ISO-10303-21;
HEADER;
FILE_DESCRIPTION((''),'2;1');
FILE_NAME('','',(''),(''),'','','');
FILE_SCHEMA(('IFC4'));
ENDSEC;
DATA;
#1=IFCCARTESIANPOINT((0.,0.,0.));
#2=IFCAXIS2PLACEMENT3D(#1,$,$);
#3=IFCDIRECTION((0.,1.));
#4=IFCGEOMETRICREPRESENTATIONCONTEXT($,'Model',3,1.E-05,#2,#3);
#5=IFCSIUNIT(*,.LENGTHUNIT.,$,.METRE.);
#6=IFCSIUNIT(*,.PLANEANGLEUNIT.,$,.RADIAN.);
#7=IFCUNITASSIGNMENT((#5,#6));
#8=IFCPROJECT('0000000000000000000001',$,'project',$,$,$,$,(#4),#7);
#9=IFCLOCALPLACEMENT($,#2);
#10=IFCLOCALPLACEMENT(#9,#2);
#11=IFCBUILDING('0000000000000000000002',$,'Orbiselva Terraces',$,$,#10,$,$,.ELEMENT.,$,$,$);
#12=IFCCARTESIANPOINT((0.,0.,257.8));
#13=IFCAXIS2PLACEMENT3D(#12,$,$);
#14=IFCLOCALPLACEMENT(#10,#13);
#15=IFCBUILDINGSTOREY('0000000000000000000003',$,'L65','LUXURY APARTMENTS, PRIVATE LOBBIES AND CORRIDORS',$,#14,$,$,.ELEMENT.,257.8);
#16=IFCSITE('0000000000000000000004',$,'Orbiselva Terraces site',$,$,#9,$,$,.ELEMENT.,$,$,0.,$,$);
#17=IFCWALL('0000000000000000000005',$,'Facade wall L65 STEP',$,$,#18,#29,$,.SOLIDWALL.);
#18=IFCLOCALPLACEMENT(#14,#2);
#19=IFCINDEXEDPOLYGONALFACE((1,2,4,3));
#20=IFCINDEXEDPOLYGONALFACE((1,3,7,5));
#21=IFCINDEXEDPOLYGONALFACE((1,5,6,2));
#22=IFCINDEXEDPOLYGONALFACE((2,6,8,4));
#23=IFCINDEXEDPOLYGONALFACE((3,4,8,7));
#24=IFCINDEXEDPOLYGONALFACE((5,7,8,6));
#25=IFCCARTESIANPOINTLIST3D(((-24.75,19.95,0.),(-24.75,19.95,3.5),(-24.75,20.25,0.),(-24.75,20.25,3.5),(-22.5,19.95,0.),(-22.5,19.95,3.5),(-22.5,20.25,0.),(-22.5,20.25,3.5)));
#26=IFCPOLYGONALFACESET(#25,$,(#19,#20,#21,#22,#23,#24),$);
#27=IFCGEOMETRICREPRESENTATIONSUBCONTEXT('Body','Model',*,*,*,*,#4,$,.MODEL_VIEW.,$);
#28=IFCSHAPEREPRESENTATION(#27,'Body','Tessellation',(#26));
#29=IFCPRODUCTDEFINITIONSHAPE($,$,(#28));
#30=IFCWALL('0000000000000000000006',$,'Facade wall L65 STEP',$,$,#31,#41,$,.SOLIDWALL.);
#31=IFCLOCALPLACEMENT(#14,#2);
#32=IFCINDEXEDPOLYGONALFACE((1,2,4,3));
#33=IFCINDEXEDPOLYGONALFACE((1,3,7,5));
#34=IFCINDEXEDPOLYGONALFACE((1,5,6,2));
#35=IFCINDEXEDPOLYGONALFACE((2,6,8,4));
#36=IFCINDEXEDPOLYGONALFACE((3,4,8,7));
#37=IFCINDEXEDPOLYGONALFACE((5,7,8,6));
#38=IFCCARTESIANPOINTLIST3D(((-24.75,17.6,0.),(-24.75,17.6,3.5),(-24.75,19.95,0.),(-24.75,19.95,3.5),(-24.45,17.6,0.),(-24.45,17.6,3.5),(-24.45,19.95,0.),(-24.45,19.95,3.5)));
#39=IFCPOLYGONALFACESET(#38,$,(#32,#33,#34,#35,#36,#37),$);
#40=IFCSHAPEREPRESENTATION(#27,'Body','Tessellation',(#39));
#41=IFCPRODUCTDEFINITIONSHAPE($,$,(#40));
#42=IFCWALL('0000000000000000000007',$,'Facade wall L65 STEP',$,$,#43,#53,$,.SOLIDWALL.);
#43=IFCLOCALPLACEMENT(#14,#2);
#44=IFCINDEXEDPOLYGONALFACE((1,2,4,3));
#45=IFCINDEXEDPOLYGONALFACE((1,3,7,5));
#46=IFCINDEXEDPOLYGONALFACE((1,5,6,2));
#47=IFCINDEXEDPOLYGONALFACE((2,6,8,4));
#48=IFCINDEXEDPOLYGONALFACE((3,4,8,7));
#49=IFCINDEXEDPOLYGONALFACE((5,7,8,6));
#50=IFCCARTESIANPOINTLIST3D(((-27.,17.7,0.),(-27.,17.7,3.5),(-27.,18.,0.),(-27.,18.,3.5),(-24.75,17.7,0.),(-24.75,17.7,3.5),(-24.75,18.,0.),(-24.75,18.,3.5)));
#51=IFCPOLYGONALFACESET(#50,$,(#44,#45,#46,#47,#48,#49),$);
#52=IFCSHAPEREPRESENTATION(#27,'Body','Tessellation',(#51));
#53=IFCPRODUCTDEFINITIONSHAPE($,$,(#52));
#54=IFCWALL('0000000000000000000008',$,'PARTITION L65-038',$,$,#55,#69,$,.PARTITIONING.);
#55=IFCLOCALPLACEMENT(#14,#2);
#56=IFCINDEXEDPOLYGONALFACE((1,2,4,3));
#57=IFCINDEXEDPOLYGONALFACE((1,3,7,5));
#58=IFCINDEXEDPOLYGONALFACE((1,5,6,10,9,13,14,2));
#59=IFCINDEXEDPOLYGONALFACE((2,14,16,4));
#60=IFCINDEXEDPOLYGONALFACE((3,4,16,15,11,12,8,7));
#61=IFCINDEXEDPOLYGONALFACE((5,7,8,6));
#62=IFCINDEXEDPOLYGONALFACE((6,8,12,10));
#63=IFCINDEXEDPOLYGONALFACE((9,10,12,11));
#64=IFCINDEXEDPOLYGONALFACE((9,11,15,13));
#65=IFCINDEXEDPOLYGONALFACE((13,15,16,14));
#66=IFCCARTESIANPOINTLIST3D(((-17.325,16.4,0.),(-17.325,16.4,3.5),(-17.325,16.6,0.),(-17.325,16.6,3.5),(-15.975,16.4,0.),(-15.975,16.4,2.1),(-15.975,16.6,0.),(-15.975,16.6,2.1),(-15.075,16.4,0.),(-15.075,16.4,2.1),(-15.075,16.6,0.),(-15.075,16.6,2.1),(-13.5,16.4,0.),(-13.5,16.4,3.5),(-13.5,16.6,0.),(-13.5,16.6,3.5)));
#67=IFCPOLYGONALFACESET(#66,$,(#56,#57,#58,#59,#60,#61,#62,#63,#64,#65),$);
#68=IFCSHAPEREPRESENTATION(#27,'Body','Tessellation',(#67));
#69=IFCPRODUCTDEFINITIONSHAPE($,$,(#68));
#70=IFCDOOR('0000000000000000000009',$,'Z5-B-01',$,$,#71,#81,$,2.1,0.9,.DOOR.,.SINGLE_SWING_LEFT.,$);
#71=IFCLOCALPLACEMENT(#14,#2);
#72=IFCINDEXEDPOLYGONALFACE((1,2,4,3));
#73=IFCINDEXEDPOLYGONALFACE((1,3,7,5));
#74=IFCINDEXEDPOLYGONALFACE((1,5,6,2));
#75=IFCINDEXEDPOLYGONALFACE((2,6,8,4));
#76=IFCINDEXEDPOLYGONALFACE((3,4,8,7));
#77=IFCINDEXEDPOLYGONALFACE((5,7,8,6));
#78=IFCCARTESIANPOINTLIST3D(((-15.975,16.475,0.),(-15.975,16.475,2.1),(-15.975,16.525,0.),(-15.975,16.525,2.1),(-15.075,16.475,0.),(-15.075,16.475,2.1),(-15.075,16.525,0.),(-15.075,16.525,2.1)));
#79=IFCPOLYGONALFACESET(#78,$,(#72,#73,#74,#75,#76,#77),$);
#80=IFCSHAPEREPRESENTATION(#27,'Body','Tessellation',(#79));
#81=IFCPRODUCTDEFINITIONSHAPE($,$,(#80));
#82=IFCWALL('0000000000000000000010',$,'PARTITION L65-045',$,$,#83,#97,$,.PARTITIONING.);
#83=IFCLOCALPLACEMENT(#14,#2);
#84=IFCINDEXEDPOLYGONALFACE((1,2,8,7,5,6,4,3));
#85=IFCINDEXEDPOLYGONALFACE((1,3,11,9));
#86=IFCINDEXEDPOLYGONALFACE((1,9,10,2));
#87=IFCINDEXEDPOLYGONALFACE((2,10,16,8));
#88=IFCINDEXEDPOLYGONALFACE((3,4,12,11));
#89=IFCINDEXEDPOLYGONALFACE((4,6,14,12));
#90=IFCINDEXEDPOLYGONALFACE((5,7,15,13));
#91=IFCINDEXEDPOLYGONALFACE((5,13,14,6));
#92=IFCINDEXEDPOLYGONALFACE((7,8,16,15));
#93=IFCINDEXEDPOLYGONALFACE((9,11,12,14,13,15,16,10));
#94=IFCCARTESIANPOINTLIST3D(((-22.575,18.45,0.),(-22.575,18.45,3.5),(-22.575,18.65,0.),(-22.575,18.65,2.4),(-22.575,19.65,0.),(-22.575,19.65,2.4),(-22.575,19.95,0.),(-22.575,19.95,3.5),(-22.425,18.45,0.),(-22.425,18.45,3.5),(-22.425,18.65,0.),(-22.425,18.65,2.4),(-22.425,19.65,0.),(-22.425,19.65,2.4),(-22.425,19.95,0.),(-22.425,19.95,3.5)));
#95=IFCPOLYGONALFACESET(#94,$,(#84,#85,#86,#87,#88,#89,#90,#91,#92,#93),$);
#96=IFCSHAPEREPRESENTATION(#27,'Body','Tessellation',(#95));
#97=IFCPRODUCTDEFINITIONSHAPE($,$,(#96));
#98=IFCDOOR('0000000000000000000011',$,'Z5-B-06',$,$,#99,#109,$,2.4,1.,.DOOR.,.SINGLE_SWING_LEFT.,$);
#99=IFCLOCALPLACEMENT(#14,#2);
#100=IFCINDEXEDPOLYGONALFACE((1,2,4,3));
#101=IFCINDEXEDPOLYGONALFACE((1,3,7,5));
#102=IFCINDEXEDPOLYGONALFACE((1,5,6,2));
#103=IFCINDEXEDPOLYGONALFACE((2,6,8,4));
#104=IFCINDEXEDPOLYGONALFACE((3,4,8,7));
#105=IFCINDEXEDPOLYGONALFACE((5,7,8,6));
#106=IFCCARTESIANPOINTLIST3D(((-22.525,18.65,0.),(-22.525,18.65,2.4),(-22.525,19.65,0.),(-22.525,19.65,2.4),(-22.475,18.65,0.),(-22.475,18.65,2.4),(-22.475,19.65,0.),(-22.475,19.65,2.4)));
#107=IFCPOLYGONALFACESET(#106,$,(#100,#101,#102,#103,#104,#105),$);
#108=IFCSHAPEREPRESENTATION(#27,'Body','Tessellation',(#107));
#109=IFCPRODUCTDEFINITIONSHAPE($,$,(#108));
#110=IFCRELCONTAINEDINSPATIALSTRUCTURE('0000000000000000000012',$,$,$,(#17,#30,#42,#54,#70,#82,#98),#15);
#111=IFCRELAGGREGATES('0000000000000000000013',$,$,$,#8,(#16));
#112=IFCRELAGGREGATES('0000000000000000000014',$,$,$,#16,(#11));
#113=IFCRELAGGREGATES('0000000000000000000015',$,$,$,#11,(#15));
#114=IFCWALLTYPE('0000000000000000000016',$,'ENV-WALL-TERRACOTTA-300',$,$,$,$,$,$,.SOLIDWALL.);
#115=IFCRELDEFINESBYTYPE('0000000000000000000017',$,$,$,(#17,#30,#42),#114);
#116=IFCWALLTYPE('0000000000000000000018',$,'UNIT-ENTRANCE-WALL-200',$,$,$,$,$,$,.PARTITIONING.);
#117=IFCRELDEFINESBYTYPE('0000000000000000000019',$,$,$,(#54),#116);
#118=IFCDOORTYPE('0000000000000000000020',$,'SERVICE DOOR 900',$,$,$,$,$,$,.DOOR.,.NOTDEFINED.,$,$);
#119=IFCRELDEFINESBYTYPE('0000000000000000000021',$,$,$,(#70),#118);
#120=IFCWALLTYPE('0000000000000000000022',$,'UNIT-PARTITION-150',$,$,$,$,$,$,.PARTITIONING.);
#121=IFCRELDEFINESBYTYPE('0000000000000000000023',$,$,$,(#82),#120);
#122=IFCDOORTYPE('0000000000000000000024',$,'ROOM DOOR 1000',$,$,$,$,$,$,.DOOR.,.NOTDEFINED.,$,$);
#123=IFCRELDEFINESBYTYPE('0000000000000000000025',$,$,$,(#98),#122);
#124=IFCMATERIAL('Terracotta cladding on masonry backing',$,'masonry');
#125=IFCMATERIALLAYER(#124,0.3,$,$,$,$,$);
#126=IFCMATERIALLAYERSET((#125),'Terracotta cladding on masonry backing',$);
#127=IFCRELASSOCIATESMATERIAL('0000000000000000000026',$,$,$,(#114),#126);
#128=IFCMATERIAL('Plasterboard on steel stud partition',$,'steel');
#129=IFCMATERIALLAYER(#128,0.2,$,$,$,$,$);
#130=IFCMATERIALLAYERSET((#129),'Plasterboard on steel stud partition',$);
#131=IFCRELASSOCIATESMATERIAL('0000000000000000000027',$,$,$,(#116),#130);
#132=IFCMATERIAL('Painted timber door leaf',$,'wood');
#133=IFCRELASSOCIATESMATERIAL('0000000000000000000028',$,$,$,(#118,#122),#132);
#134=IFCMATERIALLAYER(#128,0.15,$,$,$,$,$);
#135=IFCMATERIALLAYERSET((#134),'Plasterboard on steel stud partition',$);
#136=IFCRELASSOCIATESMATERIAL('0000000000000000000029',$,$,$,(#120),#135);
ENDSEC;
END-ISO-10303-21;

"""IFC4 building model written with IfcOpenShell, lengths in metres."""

from ifc_helpers import new_model, si_unit, direction, frame, frame_2d, origin, place, context, subcontext, project, spatial, rectangle, extrude, material, layer, layer_set, type_object, element, fill, save


model = new_model("IFC4")

# Units and contexts
model_context = context("Model", 3, precision=1e-05, world=origin(), true_north=direction((0.0, 1.0)))
body_context = subcontext(model_context, "Body", "Model", "MODEL_VIEW")
ifc_project = project(units=[si_unit("LENGTHUNIT", "METRE"), si_unit("PLANEANGLEUNIT", "RADIAN")], contexts=[model_context])

# Site, building, storey
site_placement = place(None, origin())
site = spatial("IfcSite", under=ifc_project, at=site_placement, Name="Orbiselva Terraces site", CompositionType="ELEMENT", RefElevation=0.0)
building_placement = place(site_placement, origin())
building = spatial("IfcBuilding", under=site, at=building_placement, Name="Orbiselva Terraces", CompositionType="ELEMENT")
storey_placement = place(building_placement, frame((0.0, 0.0, 257.8)))
storey = spatial("IfcBuildingStorey", under=building, at=storey_placement, Name="L65", Description="LUXURY APARTMENTS, PRIVATE LOBBIES AND CORRIDORS", CompositionType="ELEMENT", Elevation=257.8)

# Shared definitions
ifc_material_1 = material(Name="Terracotta cladding on masonry backing", Category="masonry")
ifc_layer_1 = layer(ifc_material_1, 0.3)
ifc_layer_set_1 = layer_set([ifc_layer_1], Name="Terracotta cladding on masonry backing")
wall_type_1 = type_object("IfcWallType", Name="ENV-WALL-TERRACOTTA-300", PredefinedType="SOLIDWALL", material=ifc_layer_set_1)

# Walls
wall_1_placement = place(storey_placement, frame((-24.75, 20.1, 0.0), z_axis=(0.0, 0.0, 1.0), x_axis=(1.0, 0.0, 0.0)))
element("IfcWall", 1, at=wall_1_placement, inside=storey, type_object=wall_type_1, Name="Facade wall L65 STEP", PredefinedType="SOLIDWALL", context=body_context, shape_type="SweptSolid", body=[
    extrude(rectangle(XDim=2.25, YDim=0.3, at=frame_2d((1.125, 0.0))), origin(), (0.0, 0.0, 1.0), 3.5),
])
wall_2_placement = place(storey_placement, frame((-24.6, 17.6, 0.0), z_axis=(0.0, 0.0, 1.0), x_axis=(0.0, 1.0, 0.0)))
element("IfcWall", 2, at=wall_2_placement, inside=storey, type_object=wall_type_1, Name="Facade wall L65 STEP", PredefinedType="SOLIDWALL", context=body_context, shape_type="SweptSolid", body=[
    extrude(rectangle(XDim=2.35, YDim=0.3, at=frame_2d((1.175, 0.0))), origin(), (0.0, 0.0, 1.0), 3.5),
])
wall_3_placement = place(storey_placement, frame((-27.0, 17.85, 0.0), z_axis=(0.0, 0.0, 1.0), x_axis=(1.0, 0.0, 0.0)))
element("IfcWall", 3, at=wall_3_placement, inside=storey, type_object=wall_type_1, Name="Facade wall L65 STEP", PredefinedType="SOLIDWALL", context=body_context, shape_type="SweptSolid", body=[
    extrude(rectangle(XDim=2.25, YDim=0.3, at=frame_2d((1.125, 0.0))), origin(), (0.0, 0.0, 1.0), 3.5),
])

# Walls, openings, doors
ifc_material_2 = material(Name="Plasterboard on steel stud partition", Category="steel")
ifc_layer_2 = layer(ifc_material_2, 0.2)
ifc_layer_set_2 = layer_set([ifc_layer_2], Name="Plasterboard on steel stud partition")
wall_type_2 = type_object("IfcWallType", Name="UNIT-ENTRANCE-WALL-200", PredefinedType="PARTITIONING", material=ifc_layer_set_2)
wall_4_placement = place(storey_placement, frame((-17.325, 16.5, 0.0), z_axis=(0.0, 0.0, 1.0), x_axis=(1.0, 0.0, 0.0)))
wall_4 = element("IfcWall", 4, at=wall_4_placement, inside=storey, type_object=wall_type_2, Name="PARTITION L65-038", PredefinedType="PARTITIONING", context=body_context, shape_type="SweptSolid", body=[
    extrude(rectangle(XDim=3.825, YDim=0.2, at=frame_2d((1.9125, 0.0))), origin(), (0.0, 0.0, 1.0), 3.5),
])
opening_1_placement = place(wall_4_placement, frame((1.35, 0.0, 0.0)))
opening_1 = element("IfcOpeningElement", 5, at=opening_1_placement, cuts=wall_4, PredefinedType="OPENING", context=body_context, shape_type="SweptSolid", body=[
    extrude(rectangle(XDim=0.9, YDim=2.1, at=frame_2d((0.45, 1.05))), frame((0.0, 0.11, 0.0), z_axis=(0.0, -1.0, 0.0), x_axis=(1.0, 0.0, 0.0)), (0.0, 0.0, 1.0), 0.22),
])
ifc_material_3 = material(Name="Painted timber door leaf", Category="wood")
door_type_1 = type_object("IfcDoorType", Name="SERVICE DOOR 900", OperationType="NOTDEFINED", PredefinedType="DOOR", material=ifc_material_3)
door_1_placement = place(opening_1_placement, origin())
door_1 = element("IfcDoor", 6, at=door_1_placement, inside=storey, type_object=door_type_1, Name="Z5-B-01", OperationType="SINGLE_SWING_LEFT", OverallHeight=2.1, OverallWidth=0.9, PredefinedType="DOOR", context=body_context, shape_type="SweptSolid", body=[
    extrude(rectangle(XDim=0.9, YDim=2.1, at=frame_2d((0.45, 1.05))), frame((0.0, 0.025, 0.0), z_axis=(0.0, -1.0, 0.0), x_axis=(1.0, 0.0, 0.0)), (0.0, 0.0, 1.0), 0.05),
])
fill(opening_1, door_1)
ifc_layer_3 = layer(ifc_material_2, 0.15)
ifc_layer_set_3 = layer_set([ifc_layer_3], Name="Plasterboard on steel stud partition")
wall_type_3 = type_object("IfcWallType", Name="UNIT-PARTITION-150", PredefinedType="PARTITIONING", material=ifc_layer_set_3)
wall_5_placement = place(storey_placement, frame((-22.5, 18.45, 0.0), z_axis=(0.0, 0.0, 1.0), x_axis=(0.0, 1.0, 0.0)))
wall_5 = element("IfcWall", 7, at=wall_5_placement, inside=storey, type_object=wall_type_3, Name="PARTITION L65-045", PredefinedType="PARTITIONING", context=body_context, shape_type="SweptSolid", body=[
    extrude(rectangle(XDim=1.5, YDim=0.15, at=frame_2d((0.75, 0.0))), origin(), (0.0, 0.0, 1.0), 3.5),
])
opening_2_placement = place(wall_5_placement, frame((0.2, 0.0, 0.0)))
opening_2 = element("IfcOpeningElement", 8, at=opening_2_placement, cuts=wall_5, PredefinedType="OPENING", context=body_context, shape_type="SweptSolid", body=[
    extrude(rectangle(XDim=1.0, YDim=2.4, at=frame_2d((0.5, 1.2))), frame((0.0, 0.085, 0.0), z_axis=(0.0, -1.0, 0.0), x_axis=(1.0, 0.0, 0.0)), (0.0, 0.0, 1.0), 0.17),
])
door_type_2 = type_object("IfcDoorType", Name="ROOM DOOR 1000", OperationType="NOTDEFINED", PredefinedType="DOOR", material=ifc_material_3)
door_2_placement = place(opening_2_placement, origin())
door_2 = element("IfcDoor", 9, at=door_2_placement, inside=storey, type_object=door_type_2, Name="Z5-B-06", OperationType="SINGLE_SWING_LEFT", OverallHeight=2.4, OverallWidth=1.0, PredefinedType="DOOR", context=body_context, shape_type="SweptSolid", body=[
    extrude(rectangle(XDim=1.0, YDim=2.4, at=frame_2d((0.5, 1.2))), frame((0.0, 0.025, 0.0), z_axis=(0.0, -1.0, 0.0), x_axis=(1.0, 0.0, 0.0)), (0.0, 0.0, 1.0), 0.05),
])
fill(opening_2, door_2)

save(model, "model.ifc")
